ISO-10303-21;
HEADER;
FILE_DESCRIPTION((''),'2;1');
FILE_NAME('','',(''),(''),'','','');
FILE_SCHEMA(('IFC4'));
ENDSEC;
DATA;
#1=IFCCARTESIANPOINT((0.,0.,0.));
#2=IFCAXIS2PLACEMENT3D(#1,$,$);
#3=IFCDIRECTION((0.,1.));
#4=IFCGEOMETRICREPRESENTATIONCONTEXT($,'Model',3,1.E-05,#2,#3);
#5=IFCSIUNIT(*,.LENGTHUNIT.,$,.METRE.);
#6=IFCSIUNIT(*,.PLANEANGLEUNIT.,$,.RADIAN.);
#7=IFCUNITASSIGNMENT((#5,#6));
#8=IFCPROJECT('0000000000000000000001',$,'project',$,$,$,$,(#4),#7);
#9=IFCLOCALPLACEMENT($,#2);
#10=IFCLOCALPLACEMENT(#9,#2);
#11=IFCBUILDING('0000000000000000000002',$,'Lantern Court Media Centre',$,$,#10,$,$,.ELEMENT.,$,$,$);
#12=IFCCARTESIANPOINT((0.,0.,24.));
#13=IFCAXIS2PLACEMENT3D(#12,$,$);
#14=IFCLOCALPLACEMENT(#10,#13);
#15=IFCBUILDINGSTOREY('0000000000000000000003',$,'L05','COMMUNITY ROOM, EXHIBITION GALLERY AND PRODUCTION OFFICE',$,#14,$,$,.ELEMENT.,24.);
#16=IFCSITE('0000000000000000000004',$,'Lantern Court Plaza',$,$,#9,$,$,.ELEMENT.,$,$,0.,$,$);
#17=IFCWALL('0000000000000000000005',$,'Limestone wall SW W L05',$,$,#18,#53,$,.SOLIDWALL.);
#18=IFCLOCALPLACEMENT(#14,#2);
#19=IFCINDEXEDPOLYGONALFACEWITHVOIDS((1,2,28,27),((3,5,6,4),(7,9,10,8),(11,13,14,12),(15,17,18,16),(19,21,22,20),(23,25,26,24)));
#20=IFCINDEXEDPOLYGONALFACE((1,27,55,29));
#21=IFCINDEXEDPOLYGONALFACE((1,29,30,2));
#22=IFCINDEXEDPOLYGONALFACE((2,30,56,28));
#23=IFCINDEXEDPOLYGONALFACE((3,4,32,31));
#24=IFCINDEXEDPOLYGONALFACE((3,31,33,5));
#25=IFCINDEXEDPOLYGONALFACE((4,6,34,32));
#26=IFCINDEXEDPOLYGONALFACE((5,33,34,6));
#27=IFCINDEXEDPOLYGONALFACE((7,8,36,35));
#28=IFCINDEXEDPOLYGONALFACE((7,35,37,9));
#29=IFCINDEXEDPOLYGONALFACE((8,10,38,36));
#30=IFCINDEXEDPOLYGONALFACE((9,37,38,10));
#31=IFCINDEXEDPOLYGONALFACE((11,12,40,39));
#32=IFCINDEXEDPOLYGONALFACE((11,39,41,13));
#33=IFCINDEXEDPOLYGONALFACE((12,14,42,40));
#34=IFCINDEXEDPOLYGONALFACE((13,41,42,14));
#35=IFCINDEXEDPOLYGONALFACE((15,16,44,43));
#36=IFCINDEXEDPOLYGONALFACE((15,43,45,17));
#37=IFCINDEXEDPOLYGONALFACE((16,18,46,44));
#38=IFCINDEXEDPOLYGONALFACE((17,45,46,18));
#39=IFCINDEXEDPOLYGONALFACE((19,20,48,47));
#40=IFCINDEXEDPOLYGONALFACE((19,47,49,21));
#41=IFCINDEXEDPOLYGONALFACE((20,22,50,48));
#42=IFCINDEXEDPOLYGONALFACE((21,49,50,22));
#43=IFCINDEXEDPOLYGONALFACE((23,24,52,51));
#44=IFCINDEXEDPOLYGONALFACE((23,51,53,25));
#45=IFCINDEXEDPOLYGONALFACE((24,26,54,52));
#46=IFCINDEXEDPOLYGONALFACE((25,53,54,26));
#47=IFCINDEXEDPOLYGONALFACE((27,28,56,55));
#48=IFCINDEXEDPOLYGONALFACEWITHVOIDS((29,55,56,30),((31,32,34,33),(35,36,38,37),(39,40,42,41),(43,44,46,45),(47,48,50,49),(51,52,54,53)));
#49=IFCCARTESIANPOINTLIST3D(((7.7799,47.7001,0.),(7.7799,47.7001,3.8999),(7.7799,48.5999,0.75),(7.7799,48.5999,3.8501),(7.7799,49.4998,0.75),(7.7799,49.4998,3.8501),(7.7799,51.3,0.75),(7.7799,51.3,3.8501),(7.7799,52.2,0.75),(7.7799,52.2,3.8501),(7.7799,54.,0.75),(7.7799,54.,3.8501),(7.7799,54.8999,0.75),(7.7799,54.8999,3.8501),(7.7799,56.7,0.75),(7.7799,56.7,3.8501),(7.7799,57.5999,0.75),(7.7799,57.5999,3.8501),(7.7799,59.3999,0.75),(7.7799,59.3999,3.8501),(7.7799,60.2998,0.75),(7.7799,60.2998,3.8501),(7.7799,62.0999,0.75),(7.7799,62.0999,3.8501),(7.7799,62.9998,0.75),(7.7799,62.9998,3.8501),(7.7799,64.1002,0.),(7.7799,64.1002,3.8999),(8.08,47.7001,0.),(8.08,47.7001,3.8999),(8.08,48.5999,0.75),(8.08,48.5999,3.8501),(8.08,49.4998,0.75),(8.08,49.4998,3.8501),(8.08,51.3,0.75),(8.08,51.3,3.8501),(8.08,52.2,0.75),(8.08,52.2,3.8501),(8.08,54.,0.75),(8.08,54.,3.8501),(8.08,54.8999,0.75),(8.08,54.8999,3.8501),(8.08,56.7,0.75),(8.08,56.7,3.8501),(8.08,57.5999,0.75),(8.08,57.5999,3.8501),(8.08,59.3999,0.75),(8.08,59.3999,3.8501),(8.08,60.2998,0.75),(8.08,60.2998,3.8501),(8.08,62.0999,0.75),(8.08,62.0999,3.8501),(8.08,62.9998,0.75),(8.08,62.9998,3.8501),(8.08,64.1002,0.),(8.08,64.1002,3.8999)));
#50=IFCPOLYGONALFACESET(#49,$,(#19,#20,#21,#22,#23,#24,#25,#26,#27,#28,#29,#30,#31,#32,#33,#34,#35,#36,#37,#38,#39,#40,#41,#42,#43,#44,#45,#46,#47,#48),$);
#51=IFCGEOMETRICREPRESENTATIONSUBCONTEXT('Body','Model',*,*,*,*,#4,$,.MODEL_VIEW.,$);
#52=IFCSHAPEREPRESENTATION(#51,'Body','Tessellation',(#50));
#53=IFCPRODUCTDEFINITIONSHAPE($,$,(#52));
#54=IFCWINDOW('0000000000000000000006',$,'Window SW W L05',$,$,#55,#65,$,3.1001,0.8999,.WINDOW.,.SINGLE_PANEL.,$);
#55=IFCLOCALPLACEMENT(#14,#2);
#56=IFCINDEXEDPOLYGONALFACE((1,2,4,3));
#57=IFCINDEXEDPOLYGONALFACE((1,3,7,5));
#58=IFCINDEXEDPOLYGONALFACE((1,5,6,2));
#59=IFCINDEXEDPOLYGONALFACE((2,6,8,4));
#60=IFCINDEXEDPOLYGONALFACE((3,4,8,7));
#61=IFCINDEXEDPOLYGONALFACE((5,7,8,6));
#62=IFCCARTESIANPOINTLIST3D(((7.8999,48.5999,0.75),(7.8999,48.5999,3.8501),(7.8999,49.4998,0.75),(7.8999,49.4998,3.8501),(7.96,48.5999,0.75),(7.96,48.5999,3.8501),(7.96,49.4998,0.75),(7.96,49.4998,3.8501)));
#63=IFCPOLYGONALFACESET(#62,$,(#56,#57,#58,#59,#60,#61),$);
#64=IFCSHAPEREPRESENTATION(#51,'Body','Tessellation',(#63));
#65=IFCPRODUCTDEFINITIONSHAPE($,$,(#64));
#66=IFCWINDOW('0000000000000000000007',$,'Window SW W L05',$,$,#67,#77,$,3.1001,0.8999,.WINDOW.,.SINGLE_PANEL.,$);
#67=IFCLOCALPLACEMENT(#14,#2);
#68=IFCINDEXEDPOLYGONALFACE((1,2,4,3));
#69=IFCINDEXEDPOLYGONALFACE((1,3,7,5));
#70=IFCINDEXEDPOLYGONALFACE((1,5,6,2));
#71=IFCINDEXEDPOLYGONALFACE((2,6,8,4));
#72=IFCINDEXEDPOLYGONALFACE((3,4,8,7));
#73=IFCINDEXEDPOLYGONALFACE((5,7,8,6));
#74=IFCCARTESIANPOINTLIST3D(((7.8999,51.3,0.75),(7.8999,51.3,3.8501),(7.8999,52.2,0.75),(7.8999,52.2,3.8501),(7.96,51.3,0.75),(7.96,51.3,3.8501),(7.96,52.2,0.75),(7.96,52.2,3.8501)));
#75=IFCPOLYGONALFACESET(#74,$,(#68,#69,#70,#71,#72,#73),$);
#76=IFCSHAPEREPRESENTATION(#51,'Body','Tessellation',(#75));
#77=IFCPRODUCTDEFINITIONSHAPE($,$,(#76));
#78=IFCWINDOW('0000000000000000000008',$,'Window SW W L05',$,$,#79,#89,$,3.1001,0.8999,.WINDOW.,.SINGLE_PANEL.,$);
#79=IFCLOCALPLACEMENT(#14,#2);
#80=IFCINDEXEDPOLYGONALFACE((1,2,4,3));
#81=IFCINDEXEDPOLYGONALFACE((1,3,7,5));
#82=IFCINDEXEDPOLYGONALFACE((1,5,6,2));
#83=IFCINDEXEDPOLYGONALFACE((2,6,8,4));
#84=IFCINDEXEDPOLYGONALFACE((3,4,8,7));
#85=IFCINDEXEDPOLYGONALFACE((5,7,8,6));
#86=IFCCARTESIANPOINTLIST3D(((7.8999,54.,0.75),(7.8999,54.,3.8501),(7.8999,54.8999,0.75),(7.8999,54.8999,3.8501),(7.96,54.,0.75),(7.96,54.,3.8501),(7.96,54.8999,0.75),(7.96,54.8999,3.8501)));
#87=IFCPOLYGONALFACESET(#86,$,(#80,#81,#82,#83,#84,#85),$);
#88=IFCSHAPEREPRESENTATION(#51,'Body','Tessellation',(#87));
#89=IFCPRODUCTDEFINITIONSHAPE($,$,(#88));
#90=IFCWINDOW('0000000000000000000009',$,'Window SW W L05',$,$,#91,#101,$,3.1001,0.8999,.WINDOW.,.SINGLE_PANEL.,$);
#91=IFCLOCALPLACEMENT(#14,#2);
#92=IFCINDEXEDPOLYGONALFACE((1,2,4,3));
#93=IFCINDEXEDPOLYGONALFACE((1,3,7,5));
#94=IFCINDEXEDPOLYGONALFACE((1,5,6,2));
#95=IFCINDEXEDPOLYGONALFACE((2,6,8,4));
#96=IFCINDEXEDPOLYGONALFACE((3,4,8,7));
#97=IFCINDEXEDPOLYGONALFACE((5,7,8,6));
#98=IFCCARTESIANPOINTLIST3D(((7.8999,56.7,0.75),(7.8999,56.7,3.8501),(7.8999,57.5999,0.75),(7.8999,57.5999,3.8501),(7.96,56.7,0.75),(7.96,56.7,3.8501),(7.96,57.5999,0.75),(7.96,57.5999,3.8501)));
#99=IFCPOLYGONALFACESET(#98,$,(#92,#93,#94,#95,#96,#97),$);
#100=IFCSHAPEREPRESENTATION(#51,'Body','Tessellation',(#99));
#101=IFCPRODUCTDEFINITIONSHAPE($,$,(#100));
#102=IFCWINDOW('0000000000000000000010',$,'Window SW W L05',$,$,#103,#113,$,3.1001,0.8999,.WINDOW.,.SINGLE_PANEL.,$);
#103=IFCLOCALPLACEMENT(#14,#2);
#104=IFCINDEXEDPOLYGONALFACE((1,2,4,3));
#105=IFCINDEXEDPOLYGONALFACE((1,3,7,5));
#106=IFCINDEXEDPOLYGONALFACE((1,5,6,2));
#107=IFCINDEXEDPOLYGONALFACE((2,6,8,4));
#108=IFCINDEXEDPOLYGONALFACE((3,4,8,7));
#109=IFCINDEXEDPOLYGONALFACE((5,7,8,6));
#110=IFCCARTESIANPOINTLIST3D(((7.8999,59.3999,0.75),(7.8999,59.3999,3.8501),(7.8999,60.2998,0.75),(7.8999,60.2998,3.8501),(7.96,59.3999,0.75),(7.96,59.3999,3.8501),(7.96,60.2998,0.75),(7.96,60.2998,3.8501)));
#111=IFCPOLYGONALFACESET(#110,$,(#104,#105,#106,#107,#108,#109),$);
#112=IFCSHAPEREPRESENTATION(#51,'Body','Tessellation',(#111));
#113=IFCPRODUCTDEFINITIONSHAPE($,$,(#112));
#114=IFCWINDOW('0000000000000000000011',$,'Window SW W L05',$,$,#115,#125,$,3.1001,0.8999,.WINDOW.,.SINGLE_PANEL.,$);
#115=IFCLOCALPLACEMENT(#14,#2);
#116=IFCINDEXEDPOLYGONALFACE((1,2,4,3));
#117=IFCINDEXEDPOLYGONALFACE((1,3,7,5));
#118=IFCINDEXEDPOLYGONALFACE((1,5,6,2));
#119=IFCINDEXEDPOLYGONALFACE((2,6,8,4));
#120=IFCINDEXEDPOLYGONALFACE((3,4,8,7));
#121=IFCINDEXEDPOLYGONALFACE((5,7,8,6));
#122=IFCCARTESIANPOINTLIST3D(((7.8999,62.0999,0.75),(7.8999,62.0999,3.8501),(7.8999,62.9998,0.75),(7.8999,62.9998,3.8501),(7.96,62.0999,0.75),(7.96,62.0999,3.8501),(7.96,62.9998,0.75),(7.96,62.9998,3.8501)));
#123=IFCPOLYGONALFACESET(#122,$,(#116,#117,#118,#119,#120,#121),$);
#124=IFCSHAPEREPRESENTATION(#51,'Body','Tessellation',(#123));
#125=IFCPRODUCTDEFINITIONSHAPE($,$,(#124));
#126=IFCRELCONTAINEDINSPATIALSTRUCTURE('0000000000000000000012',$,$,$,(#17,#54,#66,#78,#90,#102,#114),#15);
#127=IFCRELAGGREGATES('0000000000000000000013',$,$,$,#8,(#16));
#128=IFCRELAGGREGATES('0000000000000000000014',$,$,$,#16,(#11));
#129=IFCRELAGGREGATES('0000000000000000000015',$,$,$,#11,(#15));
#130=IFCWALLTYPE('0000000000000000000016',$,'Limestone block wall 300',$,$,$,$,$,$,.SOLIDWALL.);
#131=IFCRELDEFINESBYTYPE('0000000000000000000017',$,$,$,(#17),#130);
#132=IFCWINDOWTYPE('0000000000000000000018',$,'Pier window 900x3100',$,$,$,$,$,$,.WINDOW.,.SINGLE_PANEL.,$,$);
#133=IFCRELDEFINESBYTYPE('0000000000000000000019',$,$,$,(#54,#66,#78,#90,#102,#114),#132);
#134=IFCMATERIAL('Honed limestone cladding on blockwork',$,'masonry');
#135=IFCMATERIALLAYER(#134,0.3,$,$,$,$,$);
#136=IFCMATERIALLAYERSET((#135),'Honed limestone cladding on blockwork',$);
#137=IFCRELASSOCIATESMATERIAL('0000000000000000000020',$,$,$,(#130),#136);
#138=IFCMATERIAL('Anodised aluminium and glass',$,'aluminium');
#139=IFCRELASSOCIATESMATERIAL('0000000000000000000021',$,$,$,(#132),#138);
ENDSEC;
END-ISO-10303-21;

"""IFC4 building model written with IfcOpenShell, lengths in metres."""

from ifc_helpers import new_model, si_unit, direction, frame, frame_2d, origin, place, context, subcontext, project, spatial, rectangle, extrude, material, layer, layer_set, type_object, element, fill, save


model = new_model("IFC4")

# Units and contexts
model_context = context("Model", 3, precision=1e-05, world=origin(), true_north=direction((0.0, 1.0)))
body_context = subcontext(model_context, "Body", "Model", "MODEL_VIEW")
ifc_project = project(units=[si_unit("LENGTHUNIT", "METRE"), si_unit("PLANEANGLEUNIT", "RADIAN")], contexts=[model_context])

# Site, building, storey
site_placement = place(None, origin())
site = spatial("IfcSite", under=ifc_project, at=site_placement, Name="Lantern Court Plaza", CompositionType="ELEMENT", RefElevation=0.0)
building_placement = place(site_placement, origin())
building = spatial("IfcBuilding", under=site, at=building_placement, Name="Lantern Court Media Centre", CompositionType="ELEMENT")
storey_placement = place(building_placement, frame((0.0, 0.0, 24.0)))
storey = spatial("IfcBuildingStorey", under=building, at=storey_placement, Name="L05", Description="COMMUNITY ROOM, EXHIBITION GALLERY AND PRODUCTION OFFICE", CompositionType="ELEMENT", Elevation=24.0)

# Wall, openings, windows
ifc_material_1 = material(Name="Honed limestone cladding on blockwork", Category="masonry")
ifc_layer_1 = layer(ifc_material_1, 0.3)
ifc_layer_set_1 = layer_set([ifc_layer_1], Name="Honed limestone cladding on blockwork")
wall_type_1 = type_object("IfcWallType", Name="Limestone block wall 300", PredefinedType="SOLIDWALL", material=ifc_layer_set_1)
wall_1_placement = place(storey_placement, frame((7.9299, 47.7, 0.0), z_axis=(0.0, 0.0, 1.0), x_axis=(0.0, 1.0, 0.0)))
wall_1 = element("IfcWall", 1, at=wall_1_placement, inside=storey, type_object=wall_type_1, Name="Limestone wall SW W L05", PredefinedType="SOLIDWALL", context=body_context, shape_type="SweptSolid", body=[
    extrude(rectangle(XDim=16.4001, YDim=0.3, at=frame_2d((8.2002, 0.0))), origin(), (0.0, 0.0, 1.0), 3.8999),
])
opening_1_placement = place(wall_1_placement, frame((0.8999, 0.0, 0.75)))
opening_1 = element("IfcOpeningElement", 2, at=opening_1_placement, cuts=wall_1, PredefinedType="OPENING", context=body_context, shape_type="SweptSolid", body=[
    extrude(rectangle(XDim=0.8999, YDim=3.1001, at=frame_2d((0.45, 1.55))), frame((0.0, 0.1599, 0.0), z_axis=(0.0, -1.0, 0.0), x_axis=(1.0, 0.0, 0.0)), (0.0, 0.0, 1.0), 0.3201),
])
opening_2_placement = place(wall_1_placement, frame((3.6001, 0.0, 0.75)))
opening_2 = element("IfcOpeningElement", 3, at=opening_2_placement, cuts=wall_1, PredefinedType="OPENING", context=body_context, shape_type="SweptSolid", body=[
    extrude(rectangle(XDim=0.8999, YDim=3.1001, at=frame_2d((0.45, 1.55))), frame((0.0, 0.1599, 0.0), z_axis=(0.0, -1.0, 0.0), x_axis=(1.0, 0.0, 0.0)), (0.0, 0.0, 1.0), 0.3201),
])
opening_3_placement = place(wall_1_placement, frame((6.3, 0.0, 0.75)))
opening_3 = element("IfcOpeningElement", 4, at=opening_3_placement, cuts=wall_1, PredefinedType="OPENING", context=body_context, shape_type="SweptSolid", body=[
    extrude(rectangle(XDim=0.8999, YDim=3.1001, at=frame_2d((0.45, 1.55))), frame((0.0, 0.1599, 0.0), z_axis=(0.0, -1.0, 0.0), x_axis=(1.0, 0.0, 0.0)), (0.0, 0.0, 1.0), 0.3201),
])
opening_4_placement = place(wall_1_placement, frame((9.0, 0.0, 0.75)))
opening_4 = element("IfcOpeningElement", 5, at=opening_4_placement, cuts=wall_1, PredefinedType="OPENING", context=body_context, shape_type="SweptSolid", body=[
    extrude(rectangle(XDim=0.8999, YDim=3.1001, at=frame_2d((0.45, 1.55))), frame((0.0, 0.1599, 0.0), z_axis=(0.0, -1.0, 0.0), x_axis=(1.0, 0.0, 0.0)), (0.0, 0.0, 1.0), 0.3201),
])
opening_5_placement = place(wall_1_placement, frame((11.7, 0.0, 0.75)))
opening_5 = element("IfcOpeningElement", 6, at=opening_5_placement, cuts=wall_1, PredefinedType="OPENING", context=body_context, shape_type="SweptSolid", body=[
    extrude(rectangle(XDim=0.8999, YDim=3.1001, at=frame_2d((0.45, 1.55))), frame((0.0, 0.1599, 0.0), z_axis=(0.0, -1.0, 0.0), x_axis=(1.0, 0.0, 0.0)), (0.0, 0.0, 1.0), 0.3201),
])
opening_6_placement = place(wall_1_placement, frame((14.3999, 0.0, 0.75)))
opening_6 = element("IfcOpeningElement", 7, at=opening_6_placement, cuts=wall_1, PredefinedType="OPENING", context=body_context, shape_type="SweptSolid", body=[
    extrude(rectangle(XDim=0.8999, YDim=3.1001, at=frame_2d((0.45, 1.55))), frame((0.0, 0.1599, 0.0), z_axis=(0.0, -1.0, 0.0), x_axis=(1.0, 0.0, 0.0)), (0.0, 0.0, 1.0), 0.3201),
])
ifc_material_2 = material(Name="Anodised aluminium and glass", Category="aluminium")
window_type_1 = type_object("IfcWindowType", Name="Pier window 900x3100", PartitioningType="SINGLE_PANEL", PredefinedType="WINDOW", material=ifc_material_2)
window_1_placement = place(opening_1_placement, origin())
window_1 = element("IfcWindow", 8, at=window_1_placement, inside=storey, type_object=window_type_1, Name="Window SW W L05", OverallHeight=3.1001, OverallWidth=0.8999, PartitioningType="SINGLE_PANEL", PredefinedType="WINDOW", context=body_context, shape_type="SweptSolid", body=[
    extrude(rectangle(XDim=0.8999, YDim=3.1001, at=frame_2d((0.45, 1.55))), frame((0.0, 0.03, 0.0), z_axis=(0.0, -1.0, 0.0), x_axis=(1.0, 0.0, 0.0)), (0.0, 0.0, 1.0), 0.0601),
])
fill(opening_1, window_1)
window_2_placement = place(opening_2_placement, origin())
window_2 = element("IfcWindow", 9, at=window_2_placement, inside=storey, type_object=window_type_1, Name="Window SW W L05", OverallHeight=3.1001, OverallWidth=0.8999, PartitioningType="SINGLE_PANEL", PredefinedType="WINDOW", context=body_context, shape_type="SweptSolid", body=[
    extrude(rectangle(XDim=0.8999, YDim=3.1001, at=frame_2d((0.45, 1.55))), frame((0.0, 0.03, 0.0), z_axis=(0.0, -1.0, 0.0), x_axis=(1.0, 0.0, 0.0)), (0.0, 0.0, 1.0), 0.0601),
])
fill(opening_2, window_2)
window_3_placement = place(opening_3_placement, origin())
window_3 = element("IfcWindow", 10, at=window_3_placement, inside=storey, type_object=window_type_1, Name="Window SW W L05", OverallHeight=3.1001, OverallWidth=0.8999, PartitioningType="SINGLE_PANEL", PredefinedType="WINDOW", context=body_context, shape_type="SweptSolid", body=[
    extrude(rectangle(XDim=0.8999, YDim=3.1001, at=frame_2d((0.45, 1.55))), frame((0.0, 0.03, 0.0), z_axis=(0.0, -1.0, 0.0), x_axis=(1.0, 0.0, 0.0)), (0.0, 0.0, 1.0), 0.0601),
])
fill(opening_3, window_3)
window_4_placement = place(opening_4_placement, origin())
window_4 = element("IfcWindow", 11, at=window_4_placement, inside=storey, type_object=window_type_1, Name="Window SW W L05", OverallHeight=3.1001, OverallWidth=0.8999, PartitioningType="SINGLE_PANEL", PredefinedType="WINDOW", context=body_context, shape_type="SweptSolid", body=[
    extrude(rectangle(XDim=0.8999, YDim=3.1001, at=frame_2d((0.45, 1.55))), frame((0.0, 0.03, 0.0), z_axis=(0.0, -1.0, 0.0), x_axis=(1.0, 0.0, 0.0)), (0.0, 0.0, 1.0), 0.0601),
])
fill(opening_4, window_4)
window_5_placement = place(opening_5_placement, origin())
window_5 = element("IfcWindow", 12, at=window_5_placement, inside=storey, type_object=window_type_1, Name="Window SW W L05", OverallHeight=3.1001, OverallWidth=0.8999, PartitioningType="SINGLE_PANEL", PredefinedType="WINDOW", context=body_context, shape_type="SweptSolid", body=[
    extrude(rectangle(XDim=0.8999, YDim=3.1001, at=frame_2d((0.45, 1.55))), frame((0.0, 0.03, 0.0), z_axis=(0.0, -1.0, 0.0), x_axis=(1.0, 0.0, 0.0)), (0.0, 0.0, 1.0), 0.0601),
])
fill(opening_5, window_5)
window_6_placement = place(opening_6_placement, origin())
window_6 = element("IfcWindow", 13, at=window_6_placement, inside=storey, type_object=window_type_1, Name="Window SW W L05", OverallHeight=3.1001, OverallWidth=0.8999, PartitioningType="SINGLE_PANEL", PredefinedType="WINDOW", context=body_context, shape_type="SweptSolid", body=[
    extrude(rectangle(XDim=0.8999, YDim=3.1001, at=frame_2d((0.45, 1.55))), frame((0.0, 0.03, 0.0), z_axis=(0.0, -1.0, 0.0), x_axis=(1.0, 0.0, 0.0)), (0.0, 0.0, 1.0), 0.0601),
])
fill(opening_6, window_6)

save(model, "model.ifc")
